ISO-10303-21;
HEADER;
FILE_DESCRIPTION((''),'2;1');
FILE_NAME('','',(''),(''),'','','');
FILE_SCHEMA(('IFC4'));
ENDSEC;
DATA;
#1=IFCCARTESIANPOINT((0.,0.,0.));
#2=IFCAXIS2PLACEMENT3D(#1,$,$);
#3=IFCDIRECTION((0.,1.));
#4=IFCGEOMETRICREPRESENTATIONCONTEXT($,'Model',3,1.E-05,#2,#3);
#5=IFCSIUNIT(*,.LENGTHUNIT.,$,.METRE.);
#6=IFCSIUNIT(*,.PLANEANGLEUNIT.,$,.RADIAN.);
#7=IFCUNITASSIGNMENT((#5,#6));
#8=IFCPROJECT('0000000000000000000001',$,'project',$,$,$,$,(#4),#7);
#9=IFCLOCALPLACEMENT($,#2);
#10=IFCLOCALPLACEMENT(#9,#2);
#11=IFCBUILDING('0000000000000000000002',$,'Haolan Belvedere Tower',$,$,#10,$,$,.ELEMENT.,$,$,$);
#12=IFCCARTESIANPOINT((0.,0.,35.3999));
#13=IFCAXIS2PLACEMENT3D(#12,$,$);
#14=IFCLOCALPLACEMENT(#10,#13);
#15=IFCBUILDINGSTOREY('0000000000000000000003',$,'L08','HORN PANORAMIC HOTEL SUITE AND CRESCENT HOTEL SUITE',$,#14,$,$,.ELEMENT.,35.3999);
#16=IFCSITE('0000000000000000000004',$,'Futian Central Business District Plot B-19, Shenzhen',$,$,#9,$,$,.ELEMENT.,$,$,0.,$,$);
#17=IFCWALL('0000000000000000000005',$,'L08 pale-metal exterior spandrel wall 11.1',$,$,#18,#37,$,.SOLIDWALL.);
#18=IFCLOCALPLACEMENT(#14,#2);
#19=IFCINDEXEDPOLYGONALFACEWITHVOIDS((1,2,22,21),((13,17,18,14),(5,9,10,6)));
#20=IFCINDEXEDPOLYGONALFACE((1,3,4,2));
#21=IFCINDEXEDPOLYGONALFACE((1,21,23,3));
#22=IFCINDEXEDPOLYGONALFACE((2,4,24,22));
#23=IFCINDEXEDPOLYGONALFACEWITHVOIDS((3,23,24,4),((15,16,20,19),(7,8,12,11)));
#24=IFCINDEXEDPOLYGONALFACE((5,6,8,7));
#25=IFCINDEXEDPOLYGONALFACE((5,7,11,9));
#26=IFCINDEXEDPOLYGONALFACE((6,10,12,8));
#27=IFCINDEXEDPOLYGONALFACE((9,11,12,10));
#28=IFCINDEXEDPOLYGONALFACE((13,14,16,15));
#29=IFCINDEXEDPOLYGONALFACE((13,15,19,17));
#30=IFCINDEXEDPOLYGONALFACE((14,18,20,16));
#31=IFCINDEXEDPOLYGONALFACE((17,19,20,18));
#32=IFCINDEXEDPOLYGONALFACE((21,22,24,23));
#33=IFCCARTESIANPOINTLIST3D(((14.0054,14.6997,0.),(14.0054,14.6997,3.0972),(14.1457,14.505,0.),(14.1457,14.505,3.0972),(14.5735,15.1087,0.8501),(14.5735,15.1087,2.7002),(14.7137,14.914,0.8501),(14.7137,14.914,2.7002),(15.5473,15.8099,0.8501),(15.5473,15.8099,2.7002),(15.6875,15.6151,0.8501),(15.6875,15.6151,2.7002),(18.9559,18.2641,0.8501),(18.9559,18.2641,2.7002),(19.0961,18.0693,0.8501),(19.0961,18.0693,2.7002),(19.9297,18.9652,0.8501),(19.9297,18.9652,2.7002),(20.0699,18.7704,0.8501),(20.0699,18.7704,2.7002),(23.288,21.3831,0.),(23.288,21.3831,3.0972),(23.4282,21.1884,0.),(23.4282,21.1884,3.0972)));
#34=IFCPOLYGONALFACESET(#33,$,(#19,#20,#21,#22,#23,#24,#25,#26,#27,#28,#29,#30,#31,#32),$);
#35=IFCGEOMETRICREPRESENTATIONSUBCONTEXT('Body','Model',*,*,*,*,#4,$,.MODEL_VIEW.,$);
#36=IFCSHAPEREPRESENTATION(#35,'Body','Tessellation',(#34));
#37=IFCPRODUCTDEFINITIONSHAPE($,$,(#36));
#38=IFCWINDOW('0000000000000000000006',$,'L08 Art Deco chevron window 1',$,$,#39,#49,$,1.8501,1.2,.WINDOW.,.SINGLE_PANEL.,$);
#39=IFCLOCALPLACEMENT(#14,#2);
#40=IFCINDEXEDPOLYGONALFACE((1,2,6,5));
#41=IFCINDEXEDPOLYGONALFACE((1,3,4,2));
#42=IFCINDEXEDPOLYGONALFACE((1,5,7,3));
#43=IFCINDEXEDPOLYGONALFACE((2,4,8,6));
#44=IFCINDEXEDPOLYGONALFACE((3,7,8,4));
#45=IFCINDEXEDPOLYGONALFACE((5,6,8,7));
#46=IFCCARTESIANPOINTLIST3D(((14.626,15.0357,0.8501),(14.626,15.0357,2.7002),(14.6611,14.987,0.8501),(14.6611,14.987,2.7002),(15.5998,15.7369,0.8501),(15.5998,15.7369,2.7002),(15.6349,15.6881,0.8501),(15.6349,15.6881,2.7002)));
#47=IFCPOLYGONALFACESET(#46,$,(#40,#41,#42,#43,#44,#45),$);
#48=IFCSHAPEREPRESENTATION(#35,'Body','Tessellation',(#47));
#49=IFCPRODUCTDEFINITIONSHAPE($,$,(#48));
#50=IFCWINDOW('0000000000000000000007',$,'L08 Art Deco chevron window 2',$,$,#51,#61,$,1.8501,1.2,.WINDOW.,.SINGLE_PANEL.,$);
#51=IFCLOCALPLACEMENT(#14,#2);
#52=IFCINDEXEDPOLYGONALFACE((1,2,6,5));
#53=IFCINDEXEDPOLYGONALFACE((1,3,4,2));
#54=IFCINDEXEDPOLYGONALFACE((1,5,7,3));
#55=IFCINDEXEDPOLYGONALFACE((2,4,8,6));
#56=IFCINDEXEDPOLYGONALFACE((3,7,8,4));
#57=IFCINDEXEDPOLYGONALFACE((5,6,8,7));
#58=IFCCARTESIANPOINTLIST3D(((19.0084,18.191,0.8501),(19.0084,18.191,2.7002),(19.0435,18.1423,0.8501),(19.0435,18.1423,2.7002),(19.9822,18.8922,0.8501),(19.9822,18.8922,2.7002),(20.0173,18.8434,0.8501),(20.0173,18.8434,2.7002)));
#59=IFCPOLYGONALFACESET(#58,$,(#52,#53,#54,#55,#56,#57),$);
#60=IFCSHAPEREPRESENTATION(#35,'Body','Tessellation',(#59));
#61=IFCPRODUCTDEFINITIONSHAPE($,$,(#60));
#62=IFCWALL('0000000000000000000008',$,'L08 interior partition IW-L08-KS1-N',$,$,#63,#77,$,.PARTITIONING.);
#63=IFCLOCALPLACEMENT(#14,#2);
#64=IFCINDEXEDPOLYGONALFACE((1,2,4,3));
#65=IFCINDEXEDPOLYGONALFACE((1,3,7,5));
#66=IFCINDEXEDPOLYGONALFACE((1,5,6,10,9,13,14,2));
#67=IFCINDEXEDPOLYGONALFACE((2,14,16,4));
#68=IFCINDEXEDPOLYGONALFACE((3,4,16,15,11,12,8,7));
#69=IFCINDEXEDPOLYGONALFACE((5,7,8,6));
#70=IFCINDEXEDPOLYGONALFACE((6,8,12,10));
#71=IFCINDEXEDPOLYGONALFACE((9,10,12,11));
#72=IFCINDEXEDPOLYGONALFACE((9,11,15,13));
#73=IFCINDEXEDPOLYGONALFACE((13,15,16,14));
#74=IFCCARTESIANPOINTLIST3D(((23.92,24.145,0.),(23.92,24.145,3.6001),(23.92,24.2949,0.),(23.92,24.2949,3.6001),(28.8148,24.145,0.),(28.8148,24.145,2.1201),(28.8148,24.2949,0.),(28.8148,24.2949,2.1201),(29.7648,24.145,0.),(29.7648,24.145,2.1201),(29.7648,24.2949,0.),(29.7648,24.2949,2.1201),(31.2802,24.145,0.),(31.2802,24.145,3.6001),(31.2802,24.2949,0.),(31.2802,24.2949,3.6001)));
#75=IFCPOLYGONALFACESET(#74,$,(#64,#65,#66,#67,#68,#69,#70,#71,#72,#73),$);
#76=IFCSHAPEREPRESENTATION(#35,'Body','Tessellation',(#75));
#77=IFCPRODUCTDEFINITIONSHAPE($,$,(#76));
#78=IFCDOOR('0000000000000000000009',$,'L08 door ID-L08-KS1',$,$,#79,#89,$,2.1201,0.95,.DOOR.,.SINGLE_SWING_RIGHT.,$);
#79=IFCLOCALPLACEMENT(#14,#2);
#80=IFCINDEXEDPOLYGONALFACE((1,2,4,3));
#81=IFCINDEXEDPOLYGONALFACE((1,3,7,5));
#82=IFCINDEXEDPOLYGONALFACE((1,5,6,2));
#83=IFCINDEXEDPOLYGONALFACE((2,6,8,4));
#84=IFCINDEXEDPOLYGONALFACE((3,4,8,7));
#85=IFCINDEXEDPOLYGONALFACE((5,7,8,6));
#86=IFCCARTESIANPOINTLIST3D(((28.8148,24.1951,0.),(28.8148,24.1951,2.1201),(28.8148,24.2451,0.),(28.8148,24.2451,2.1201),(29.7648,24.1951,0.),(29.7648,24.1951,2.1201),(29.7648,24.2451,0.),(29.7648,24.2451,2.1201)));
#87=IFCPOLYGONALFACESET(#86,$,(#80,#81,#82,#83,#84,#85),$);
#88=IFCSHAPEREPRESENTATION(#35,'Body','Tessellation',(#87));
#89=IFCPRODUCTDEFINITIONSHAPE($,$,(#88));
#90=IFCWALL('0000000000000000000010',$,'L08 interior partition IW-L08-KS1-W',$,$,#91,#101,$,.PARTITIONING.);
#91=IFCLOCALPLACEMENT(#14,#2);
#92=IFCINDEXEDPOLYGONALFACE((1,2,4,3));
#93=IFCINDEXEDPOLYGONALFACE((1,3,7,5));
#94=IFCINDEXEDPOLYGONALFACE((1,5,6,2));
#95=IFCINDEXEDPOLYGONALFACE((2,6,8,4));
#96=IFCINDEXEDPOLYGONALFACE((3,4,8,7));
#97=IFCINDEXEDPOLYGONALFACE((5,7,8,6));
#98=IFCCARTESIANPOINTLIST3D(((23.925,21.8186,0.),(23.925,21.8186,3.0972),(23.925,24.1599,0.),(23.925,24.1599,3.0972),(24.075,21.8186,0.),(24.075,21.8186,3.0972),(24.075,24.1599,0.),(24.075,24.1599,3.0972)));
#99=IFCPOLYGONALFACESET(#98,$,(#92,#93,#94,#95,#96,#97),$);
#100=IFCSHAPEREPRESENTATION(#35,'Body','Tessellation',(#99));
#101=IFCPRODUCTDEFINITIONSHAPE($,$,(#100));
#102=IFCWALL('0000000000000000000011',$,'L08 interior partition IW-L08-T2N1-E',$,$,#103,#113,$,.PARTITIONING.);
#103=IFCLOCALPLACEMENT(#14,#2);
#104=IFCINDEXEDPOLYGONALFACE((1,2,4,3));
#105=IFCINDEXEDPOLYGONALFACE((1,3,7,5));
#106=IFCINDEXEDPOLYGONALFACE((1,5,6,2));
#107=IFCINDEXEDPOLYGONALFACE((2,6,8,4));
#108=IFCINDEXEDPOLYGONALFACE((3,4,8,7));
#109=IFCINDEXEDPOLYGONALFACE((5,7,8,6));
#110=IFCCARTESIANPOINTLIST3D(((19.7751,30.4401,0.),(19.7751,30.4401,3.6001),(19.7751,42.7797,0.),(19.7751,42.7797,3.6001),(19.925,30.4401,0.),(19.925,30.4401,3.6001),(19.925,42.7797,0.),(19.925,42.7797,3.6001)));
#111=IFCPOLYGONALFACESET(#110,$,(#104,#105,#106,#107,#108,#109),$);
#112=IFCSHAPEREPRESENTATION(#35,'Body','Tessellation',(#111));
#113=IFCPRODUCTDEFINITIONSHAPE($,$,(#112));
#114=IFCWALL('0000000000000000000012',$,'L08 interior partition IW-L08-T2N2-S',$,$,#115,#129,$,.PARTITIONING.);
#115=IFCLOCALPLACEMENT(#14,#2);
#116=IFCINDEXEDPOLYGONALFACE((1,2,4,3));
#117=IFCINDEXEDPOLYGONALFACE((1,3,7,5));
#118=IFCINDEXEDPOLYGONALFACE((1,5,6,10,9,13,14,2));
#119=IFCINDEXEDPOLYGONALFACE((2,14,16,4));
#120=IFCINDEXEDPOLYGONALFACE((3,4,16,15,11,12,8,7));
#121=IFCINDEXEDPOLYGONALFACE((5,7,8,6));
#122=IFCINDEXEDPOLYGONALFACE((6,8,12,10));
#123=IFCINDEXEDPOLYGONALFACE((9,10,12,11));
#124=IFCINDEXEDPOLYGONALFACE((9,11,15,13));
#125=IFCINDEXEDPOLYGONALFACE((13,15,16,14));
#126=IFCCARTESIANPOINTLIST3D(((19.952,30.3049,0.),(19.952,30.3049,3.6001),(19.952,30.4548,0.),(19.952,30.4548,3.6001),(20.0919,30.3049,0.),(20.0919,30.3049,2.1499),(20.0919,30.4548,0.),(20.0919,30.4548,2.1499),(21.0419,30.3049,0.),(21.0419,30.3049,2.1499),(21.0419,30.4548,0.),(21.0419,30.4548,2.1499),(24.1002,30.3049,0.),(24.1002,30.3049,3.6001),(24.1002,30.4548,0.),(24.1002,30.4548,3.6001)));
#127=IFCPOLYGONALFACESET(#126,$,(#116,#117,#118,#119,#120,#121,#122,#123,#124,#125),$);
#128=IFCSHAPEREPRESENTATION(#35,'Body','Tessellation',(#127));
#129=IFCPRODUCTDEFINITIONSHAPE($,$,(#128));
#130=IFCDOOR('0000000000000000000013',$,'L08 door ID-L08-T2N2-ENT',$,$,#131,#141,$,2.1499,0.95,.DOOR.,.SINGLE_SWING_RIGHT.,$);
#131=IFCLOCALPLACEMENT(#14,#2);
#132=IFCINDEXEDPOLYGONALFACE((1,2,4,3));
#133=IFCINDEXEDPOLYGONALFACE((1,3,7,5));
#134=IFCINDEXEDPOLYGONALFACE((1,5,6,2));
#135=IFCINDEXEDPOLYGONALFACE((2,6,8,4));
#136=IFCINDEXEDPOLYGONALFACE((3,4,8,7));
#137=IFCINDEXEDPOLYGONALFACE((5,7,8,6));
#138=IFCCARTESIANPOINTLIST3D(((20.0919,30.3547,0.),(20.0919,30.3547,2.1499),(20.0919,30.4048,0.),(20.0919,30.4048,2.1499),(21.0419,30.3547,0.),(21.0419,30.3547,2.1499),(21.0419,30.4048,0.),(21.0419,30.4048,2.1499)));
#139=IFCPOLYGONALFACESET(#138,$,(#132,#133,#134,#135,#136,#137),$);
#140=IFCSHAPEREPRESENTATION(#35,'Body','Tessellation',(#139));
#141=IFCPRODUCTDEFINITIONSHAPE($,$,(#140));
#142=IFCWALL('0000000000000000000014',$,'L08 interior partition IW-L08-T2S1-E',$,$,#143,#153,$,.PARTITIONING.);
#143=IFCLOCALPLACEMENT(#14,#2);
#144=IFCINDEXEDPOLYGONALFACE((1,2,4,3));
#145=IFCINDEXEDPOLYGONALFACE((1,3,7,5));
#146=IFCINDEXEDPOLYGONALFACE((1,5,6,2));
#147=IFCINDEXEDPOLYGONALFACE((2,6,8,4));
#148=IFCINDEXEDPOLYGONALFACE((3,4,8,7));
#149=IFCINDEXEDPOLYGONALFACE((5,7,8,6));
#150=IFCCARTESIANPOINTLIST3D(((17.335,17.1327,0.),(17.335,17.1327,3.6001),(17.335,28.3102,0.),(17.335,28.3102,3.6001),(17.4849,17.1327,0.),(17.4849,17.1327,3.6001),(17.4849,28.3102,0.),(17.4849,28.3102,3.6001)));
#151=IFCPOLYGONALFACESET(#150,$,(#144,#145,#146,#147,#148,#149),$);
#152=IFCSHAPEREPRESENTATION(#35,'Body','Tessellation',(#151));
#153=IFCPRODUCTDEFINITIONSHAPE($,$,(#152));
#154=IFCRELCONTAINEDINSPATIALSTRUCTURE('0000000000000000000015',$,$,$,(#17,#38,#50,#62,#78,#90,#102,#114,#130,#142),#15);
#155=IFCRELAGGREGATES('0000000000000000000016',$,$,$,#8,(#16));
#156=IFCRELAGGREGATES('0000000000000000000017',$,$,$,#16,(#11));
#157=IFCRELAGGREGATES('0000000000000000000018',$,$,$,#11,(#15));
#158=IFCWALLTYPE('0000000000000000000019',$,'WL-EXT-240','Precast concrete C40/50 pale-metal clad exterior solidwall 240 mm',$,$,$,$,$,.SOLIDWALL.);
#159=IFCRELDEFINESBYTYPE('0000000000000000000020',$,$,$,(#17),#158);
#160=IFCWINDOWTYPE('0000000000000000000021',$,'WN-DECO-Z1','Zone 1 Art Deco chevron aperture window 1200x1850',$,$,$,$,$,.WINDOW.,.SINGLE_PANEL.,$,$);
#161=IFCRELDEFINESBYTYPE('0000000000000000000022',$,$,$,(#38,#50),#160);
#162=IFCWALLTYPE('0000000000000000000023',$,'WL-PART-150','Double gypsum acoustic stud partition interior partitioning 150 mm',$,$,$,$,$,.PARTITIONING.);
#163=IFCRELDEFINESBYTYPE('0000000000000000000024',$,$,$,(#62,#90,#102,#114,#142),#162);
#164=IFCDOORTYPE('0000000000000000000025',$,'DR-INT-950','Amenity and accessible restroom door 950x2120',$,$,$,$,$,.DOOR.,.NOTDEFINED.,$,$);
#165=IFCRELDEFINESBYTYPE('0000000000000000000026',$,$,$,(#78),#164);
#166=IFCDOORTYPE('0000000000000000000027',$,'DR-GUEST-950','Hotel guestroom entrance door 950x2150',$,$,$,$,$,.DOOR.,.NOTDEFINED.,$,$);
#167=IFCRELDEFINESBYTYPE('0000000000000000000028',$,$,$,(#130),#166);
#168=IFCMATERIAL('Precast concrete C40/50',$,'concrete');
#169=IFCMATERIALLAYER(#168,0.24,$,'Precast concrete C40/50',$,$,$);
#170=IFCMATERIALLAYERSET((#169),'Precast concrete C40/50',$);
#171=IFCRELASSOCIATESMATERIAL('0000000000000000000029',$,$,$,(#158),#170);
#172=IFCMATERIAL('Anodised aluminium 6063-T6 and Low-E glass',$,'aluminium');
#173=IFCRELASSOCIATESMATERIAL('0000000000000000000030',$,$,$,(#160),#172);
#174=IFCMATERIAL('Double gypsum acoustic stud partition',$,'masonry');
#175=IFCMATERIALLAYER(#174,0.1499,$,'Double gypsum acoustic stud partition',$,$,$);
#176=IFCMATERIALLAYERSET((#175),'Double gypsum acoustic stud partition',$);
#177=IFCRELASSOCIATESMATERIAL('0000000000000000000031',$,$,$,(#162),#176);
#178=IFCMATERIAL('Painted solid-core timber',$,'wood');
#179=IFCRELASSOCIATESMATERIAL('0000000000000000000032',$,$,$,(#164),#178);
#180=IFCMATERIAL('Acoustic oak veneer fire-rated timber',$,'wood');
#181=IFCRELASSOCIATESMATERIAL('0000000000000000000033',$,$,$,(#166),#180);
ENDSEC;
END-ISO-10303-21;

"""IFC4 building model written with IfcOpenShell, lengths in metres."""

from ifc_helpers import new_model, si_unit, direction, frame, frame_2d, origin, place, context, subcontext, project, spatial, rectangle, extrude, material, layer, layer_set, type_object, element, fill, save


model = new_model("IFC4")

# Units and contexts
model_context = context("Model", 3, precision=1e-05, world=origin(), true_north=direction((0.0, 1.0)))
body_context = subcontext(model_context, "Body", "Model", "MODEL_VIEW")
ifc_project = project(units=[si_unit("LENGTHUNIT", "METRE"), si_unit("PLANEANGLEUNIT", "RADIAN")], contexts=[model_context])

# Site, building, storey
site_placement = place(None, origin())
site = spatial("IfcSite", under=ifc_project, at=site_placement, Name="Futian Central Business District Plot B-19, Shenzhen", CompositionType="ELEMENT", RefElevation=0.0)
building_placement = place(site_placement, origin())
building = spatial("IfcBuilding", under=site, at=building_placement, Name="Haolan Belvedere Tower", CompositionType="ELEMENT")
storey_placement = place(building_placement, frame((0.0, 0.0, 35.3999)))
storey = spatial("IfcBuildingStorey", under=building, at=storey_placement, Name="L08", Description="HORN PANORAMIC HOTEL SUITE AND CRESCENT HOTEL SUITE", CompositionType="ELEMENT", Elevation=35.3999)

# Shared definitions
ifc_material_1 = material(Name="Precast concrete C40/50", Category="concrete")
ifc_layer_1 = layer(ifc_material_1, 0.24, Name="Precast concrete C40/50")
ifc_layer_set_1 = layer_set([ifc_layer_1], Name="Precast concrete C40/50")
wall_type_1 = type_object("IfcWallType", Name="WL-EXT-240", Description="Precast concrete C40/50 pale-metal clad exterior solidwall 240 mm", PredefinedType="SOLIDWALL", material=ifc_layer_set_1)

# Wall, openings, windows
wall_1_placement = place(storey_placement, frame((14.0754, 14.6023, 0.0), z_axis=(0.0, 0.0, 1.0), x_axis=(0.811536, 0.584303, 0.0)))
wall_1 = element("IfcWall", 1, at=wall_1_placement, inside=storey, type_object=wall_type_1, Name="L08 pale-metal exterior spandrel wall 11.1", PredefinedType="SOLIDWALL", context=body_context, shape_type="SweptSolid", body=[
    extrude(rectangle(XDim=11.4382, YDim=0.24, at=frame_2d((5.7192, 0.0))), origin(), (0.0, 0.0, 1.0), 3.0972),
])
opening_1_placement = place(wall_1_placement, frame((0.7, 0.0, 0.8501)))
opening_1 = element("IfcOpeningElement", 2, at=opening_1_placement, cuts=wall_1, PredefinedType="OPENING", context=body_context, shape_type="SweptSolid", body=[
    extrude(rectangle(XDim=1.2, YDim=1.8501, at=frame_2d((0.6001, 0.925))), frame((0.0, 0.1299, 0.0), z_axis=(0.0, -1.0, 0.0), x_axis=(1.0, 0.0, 0.0)), (0.0, 0.0, 1.0), 0.26),
])
opening_2_placement = place(wall_1_placement, frame((6.1001, 0.0, 0.8501)))
opening_2 = element("IfcOpeningElement", 3, at=opening_2_placement, cuts=wall_1, PredefinedType="OPENING", context=body_context, shape_type="SweptSolid", body=[
    extrude(rectangle(XDim=1.2, YDim=1.8501, at=frame_2d((0.6001, 0.925))), frame((0.0, 0.1299, 0.0), z_axis=(0.0, -1.0, 0.0), x_axis=(1.0, 0.0, 0.0)), (0.0, 0.0, 1.0), 0.26),
])
ifc_material_2 = material(Name="Anodised aluminium 6063-T6 and Low-E glass", Category="aluminium")
window_type = type_object("IfcWindowType", Name="WN-DECO-Z1", Description="Zone 1 Art Deco chevron aperture window 1200x1850", PartitioningType="SINGLE_PANEL", PredefinedType="WINDOW", material=ifc_material_2)
window_1_placement = place(opening_1_placement, origin())
window_1 = element("IfcWindow", 4, at=window_1_placement, inside=storey, type_object=window_type, Name="L08 Art Deco chevron window 1", OverallHeight=1.8501, OverallWidth=1.2, PartitioningType="SINGLE_PANEL", PredefinedType="WINDOW", context=body_context, shape_type="SweptSolid", body=[
    extrude(rectangle(XDim=1.2, YDim=1.8501, at=frame_2d((0.6001, 0.925))), frame((0.0, 0.03, 0.0), z_axis=(0.0, -1.0, 0.0), x_axis=(1.0, 0.0, 0.0)), (0.0, 0.0, 1.0), 0.0601),
])
fill(opening_1, window_1)
window_2_placement = place(opening_2_placement, origin())
window_2 = element("IfcWindow", 5, at=window_2_placement, inside=storey, type_object=window_type, Name="L08 Art Deco chevron window 2", OverallHeight=1.8501, OverallWidth=1.2, PartitioningType="SINGLE_PANEL", PredefinedType="WINDOW", context=body_context, shape_type="SweptSolid", body=[
    extrude(rectangle(XDim=1.2, YDim=1.8501, at=frame_2d((0.6001, 0.925))), frame((0.0, 0.03, 0.0), z_axis=(0.0, -1.0, 0.0), x_axis=(1.0, 0.0, 0.0)), (0.0, 0.0, 1.0), 0.0601),
])
fill(opening_2, window_2)

# Wall, opening, door
ifc_material_3 = material(Name="Double gypsum acoustic stud partition", Category="masonry")
ifc_layer_2 = layer(ifc_material_3, 0.1499, Name="Double gypsum acoustic stud partition")
ifc_layer_set_2 = layer_set([ifc_layer_2], Name="Double gypsum acoustic stud partition")
wall_type_2 = type_object("IfcWallType", Name="WL-PART-150", Description="Double gypsum acoustic stud partition interior partitioning 150 mm", PredefinedType="PARTITIONING", material=ifc_layer_set_2)
wall_2_placement = place(storey_placement, frame((23.9199, 24.22, 0.0), z_axis=(0.0, 0.0, 1.0), x_axis=(1.0, 0.0, 0.0)))
wall_2 = element("IfcWall", 6, at=wall_2_placement, inside=storey, type_object=wall_type_2, Name="L08 interior partition IW-L08-KS1-N", PredefinedType="PARTITIONING", context=body_context, shape_type="SweptSolid", body=[
    extrude(rectangle(XDim=7.3601, YDim=0.1499, at=frame_2d((3.6802, 0.0))), origin(), (0.0, 0.0, 1.0), 3.6001),
])
opening_3_placement = place(wall_2_placement, frame((5.845, 0.0, 0.0), z_axis=(0.0, 0.0, 1.0), x_axis=(-1.0, 0.0, 0.0)))
opening_3 = element("IfcOpeningElement", 7, at=opening_3_placement, cuts=wall_2, PredefinedType="OPENING", context=body_context, shape_type="SweptSolid", body=[
    extrude(rectangle(XDim=0.95, YDim=2.1201, at=frame_2d((0.4751, 1.0601))), frame((0.0, 0.085, 0.0), z_axis=(0.0, -1.0, 0.0), x_axis=(1.0, 0.0, 0.0)), (0.0, 0.0, 1.0), 0.1699),
])
ifc_material_4 = material(Name="Painted solid-core timber", Category="wood")
door_type_1 = type_object("IfcDoorType", Name="DR-INT-950", Description="Amenity and accessible restroom door 950x2120", OperationType="NOTDEFINED", PredefinedType="DOOR", material=ifc_material_4)
door_1_placement = place(opening_3_placement, origin())
door_1 = element("IfcDoor", 8, at=door_1_placement, inside=storey, type_object=door_type_1, Name="L08 door ID-L08-KS1", OperationType="SINGLE_SWING_RIGHT", OverallHeight=2.1201, OverallWidth=0.95, PredefinedType="DOOR", context=body_context, shape_type="SweptSolid", body=[
    extrude(rectangle(XDim=0.95, YDim=2.1201, at=frame_2d((0.4751, 1.0601))), frame((0.0, 0.0249, 0.0), z_axis=(0.0, -1.0, 0.0), x_axis=(1.0, 0.0, 0.0)), (0.0, 0.0, 1.0), 0.05),
])
fill(opening_3, door_1)

# Walls
wall_3_placement = place(storey_placement, frame((24.0, 21.8186, 0.0), z_axis=(0.0, 0.0, 1.0), x_axis=(0.0, 1.0, 0.0)))
element("IfcWall", 9, at=wall_3_placement, inside=storey, type_object=wall_type_2, Name="L08 interior partition IW-L08-KS1-W", PredefinedType="PARTITIONING", context=body_context, shape_type="SweptSolid", body=[
    extrude(rectangle(XDim=2.3413, YDim=0.1499, at=frame_2d((1.1707, 0.0))), origin(), (0.0, 0.0, 1.0), 3.0972),
])
wall_4_placement = place(storey_placement, frame((19.8501, 30.4399, 0.0), z_axis=(0.0, 0.0, 1.0), x_axis=(0.0, 1.0, 0.0)))
element("IfcWall", 10, at=wall_4_placement, inside=storey, type_object=wall_type_2, Name="L08 interior partition IW-L08-T2N1-E", PredefinedType="PARTITIONING", context=body_context, shape_type="SweptSolid", body=[
    extrude(rectangle(XDim=12.3396, YDim=0.1499, at=frame_2d((6.1699, 0.0))), origin(), (0.0, 0.0, 1.0), 3.6001),
])

# Wall, opening, door
wall_5_placement = place(storey_placement, frame((19.9519, 30.3799, 0.0), z_axis=(0.0, 0.0, 1.0), x_axis=(1.0, 0.0, 0.0)))
wall_5 = element("IfcWall", 11, at=wall_5_placement, inside=storey, type_object=wall_type_2, Name="L08 interior partition IW-L08-T2N2-S", PredefinedType="PARTITIONING", context=body_context, shape_type="SweptSolid", body=[
    extrude(rectangle(XDim=4.1482, YDim=0.1499, at=frame_2d((2.0742, 0.0))), origin(), (0.0, 0.0, 1.0), 3.6001),
])
opening_4_placement = place(wall_5_placement, frame((0.1399, 0.0, 0.0)))
opening_4 = element("IfcOpeningElement", 12, at=opening_4_placement, cuts=wall_5, PredefinedType="OPENING", context=body_context, shape_type="SweptSolid", body=[
    extrude(rectangle(XDim=0.95, YDim=2.1499, at=frame_2d((0.4751, 1.075))), frame((0.0, 0.085, 0.0), z_axis=(0.0, -1.0, 0.0), x_axis=(1.0, 0.0, 0.0)), (0.0, 0.0, 1.0), 0.1699),
])
ifc_material_5 = material(Name="Acoustic oak veneer fire-rated timber", Category="wood")
door_type_2 = type_object("IfcDoorType", Name="DR-GUEST-950", Description="Hotel guestroom entrance door 950x2150", OperationType="NOTDEFINED", PredefinedType="DOOR", material=ifc_material_5)
door_2_placement = place(opening_4_placement, origin())
door_2 = element("IfcDoor", 13, at=door_2_placement, inside=storey, type_object=door_type_2, Name="L08 door ID-L08-T2N2-ENT", OperationType="SINGLE_SWING_RIGHT", OverallHeight=2.1499, OverallWidth=0.95, PredefinedType="DOOR", context=body_context, shape_type="SweptSolid", body=[
    extrude(rectangle(XDim=0.95, YDim=2.1499, at=frame_2d((0.4751, 1.075))), frame((0.0, 0.0249, 0.0), z_axis=(0.0, -1.0, 0.0), x_axis=(1.0, 0.0, 0.0)), (0.0, 0.0, 1.0), 0.05),
])
fill(opening_4, door_2)

# Wall
wall_6_placement = place(storey_placement, frame((17.4099, 17.1326, 0.0), z_axis=(0.0, 0.0, 1.0), x_axis=(0.0, 1.0, 0.0)))
element("IfcWall", 14, at=wall_6_placement, inside=storey, type_object=wall_type_2, Name="L08 interior partition IW-L08-T2S1-E", PredefinedType="PARTITIONING", context=body_context, shape_type="SweptSolid", body=[
    extrude(rectangle(XDim=11.1775, YDim=0.1499, at=frame_2d((5.5889, 0.0))), origin(), (0.0, 0.0, 1.0), 3.6001),
])

save(model, "model.ifc")
